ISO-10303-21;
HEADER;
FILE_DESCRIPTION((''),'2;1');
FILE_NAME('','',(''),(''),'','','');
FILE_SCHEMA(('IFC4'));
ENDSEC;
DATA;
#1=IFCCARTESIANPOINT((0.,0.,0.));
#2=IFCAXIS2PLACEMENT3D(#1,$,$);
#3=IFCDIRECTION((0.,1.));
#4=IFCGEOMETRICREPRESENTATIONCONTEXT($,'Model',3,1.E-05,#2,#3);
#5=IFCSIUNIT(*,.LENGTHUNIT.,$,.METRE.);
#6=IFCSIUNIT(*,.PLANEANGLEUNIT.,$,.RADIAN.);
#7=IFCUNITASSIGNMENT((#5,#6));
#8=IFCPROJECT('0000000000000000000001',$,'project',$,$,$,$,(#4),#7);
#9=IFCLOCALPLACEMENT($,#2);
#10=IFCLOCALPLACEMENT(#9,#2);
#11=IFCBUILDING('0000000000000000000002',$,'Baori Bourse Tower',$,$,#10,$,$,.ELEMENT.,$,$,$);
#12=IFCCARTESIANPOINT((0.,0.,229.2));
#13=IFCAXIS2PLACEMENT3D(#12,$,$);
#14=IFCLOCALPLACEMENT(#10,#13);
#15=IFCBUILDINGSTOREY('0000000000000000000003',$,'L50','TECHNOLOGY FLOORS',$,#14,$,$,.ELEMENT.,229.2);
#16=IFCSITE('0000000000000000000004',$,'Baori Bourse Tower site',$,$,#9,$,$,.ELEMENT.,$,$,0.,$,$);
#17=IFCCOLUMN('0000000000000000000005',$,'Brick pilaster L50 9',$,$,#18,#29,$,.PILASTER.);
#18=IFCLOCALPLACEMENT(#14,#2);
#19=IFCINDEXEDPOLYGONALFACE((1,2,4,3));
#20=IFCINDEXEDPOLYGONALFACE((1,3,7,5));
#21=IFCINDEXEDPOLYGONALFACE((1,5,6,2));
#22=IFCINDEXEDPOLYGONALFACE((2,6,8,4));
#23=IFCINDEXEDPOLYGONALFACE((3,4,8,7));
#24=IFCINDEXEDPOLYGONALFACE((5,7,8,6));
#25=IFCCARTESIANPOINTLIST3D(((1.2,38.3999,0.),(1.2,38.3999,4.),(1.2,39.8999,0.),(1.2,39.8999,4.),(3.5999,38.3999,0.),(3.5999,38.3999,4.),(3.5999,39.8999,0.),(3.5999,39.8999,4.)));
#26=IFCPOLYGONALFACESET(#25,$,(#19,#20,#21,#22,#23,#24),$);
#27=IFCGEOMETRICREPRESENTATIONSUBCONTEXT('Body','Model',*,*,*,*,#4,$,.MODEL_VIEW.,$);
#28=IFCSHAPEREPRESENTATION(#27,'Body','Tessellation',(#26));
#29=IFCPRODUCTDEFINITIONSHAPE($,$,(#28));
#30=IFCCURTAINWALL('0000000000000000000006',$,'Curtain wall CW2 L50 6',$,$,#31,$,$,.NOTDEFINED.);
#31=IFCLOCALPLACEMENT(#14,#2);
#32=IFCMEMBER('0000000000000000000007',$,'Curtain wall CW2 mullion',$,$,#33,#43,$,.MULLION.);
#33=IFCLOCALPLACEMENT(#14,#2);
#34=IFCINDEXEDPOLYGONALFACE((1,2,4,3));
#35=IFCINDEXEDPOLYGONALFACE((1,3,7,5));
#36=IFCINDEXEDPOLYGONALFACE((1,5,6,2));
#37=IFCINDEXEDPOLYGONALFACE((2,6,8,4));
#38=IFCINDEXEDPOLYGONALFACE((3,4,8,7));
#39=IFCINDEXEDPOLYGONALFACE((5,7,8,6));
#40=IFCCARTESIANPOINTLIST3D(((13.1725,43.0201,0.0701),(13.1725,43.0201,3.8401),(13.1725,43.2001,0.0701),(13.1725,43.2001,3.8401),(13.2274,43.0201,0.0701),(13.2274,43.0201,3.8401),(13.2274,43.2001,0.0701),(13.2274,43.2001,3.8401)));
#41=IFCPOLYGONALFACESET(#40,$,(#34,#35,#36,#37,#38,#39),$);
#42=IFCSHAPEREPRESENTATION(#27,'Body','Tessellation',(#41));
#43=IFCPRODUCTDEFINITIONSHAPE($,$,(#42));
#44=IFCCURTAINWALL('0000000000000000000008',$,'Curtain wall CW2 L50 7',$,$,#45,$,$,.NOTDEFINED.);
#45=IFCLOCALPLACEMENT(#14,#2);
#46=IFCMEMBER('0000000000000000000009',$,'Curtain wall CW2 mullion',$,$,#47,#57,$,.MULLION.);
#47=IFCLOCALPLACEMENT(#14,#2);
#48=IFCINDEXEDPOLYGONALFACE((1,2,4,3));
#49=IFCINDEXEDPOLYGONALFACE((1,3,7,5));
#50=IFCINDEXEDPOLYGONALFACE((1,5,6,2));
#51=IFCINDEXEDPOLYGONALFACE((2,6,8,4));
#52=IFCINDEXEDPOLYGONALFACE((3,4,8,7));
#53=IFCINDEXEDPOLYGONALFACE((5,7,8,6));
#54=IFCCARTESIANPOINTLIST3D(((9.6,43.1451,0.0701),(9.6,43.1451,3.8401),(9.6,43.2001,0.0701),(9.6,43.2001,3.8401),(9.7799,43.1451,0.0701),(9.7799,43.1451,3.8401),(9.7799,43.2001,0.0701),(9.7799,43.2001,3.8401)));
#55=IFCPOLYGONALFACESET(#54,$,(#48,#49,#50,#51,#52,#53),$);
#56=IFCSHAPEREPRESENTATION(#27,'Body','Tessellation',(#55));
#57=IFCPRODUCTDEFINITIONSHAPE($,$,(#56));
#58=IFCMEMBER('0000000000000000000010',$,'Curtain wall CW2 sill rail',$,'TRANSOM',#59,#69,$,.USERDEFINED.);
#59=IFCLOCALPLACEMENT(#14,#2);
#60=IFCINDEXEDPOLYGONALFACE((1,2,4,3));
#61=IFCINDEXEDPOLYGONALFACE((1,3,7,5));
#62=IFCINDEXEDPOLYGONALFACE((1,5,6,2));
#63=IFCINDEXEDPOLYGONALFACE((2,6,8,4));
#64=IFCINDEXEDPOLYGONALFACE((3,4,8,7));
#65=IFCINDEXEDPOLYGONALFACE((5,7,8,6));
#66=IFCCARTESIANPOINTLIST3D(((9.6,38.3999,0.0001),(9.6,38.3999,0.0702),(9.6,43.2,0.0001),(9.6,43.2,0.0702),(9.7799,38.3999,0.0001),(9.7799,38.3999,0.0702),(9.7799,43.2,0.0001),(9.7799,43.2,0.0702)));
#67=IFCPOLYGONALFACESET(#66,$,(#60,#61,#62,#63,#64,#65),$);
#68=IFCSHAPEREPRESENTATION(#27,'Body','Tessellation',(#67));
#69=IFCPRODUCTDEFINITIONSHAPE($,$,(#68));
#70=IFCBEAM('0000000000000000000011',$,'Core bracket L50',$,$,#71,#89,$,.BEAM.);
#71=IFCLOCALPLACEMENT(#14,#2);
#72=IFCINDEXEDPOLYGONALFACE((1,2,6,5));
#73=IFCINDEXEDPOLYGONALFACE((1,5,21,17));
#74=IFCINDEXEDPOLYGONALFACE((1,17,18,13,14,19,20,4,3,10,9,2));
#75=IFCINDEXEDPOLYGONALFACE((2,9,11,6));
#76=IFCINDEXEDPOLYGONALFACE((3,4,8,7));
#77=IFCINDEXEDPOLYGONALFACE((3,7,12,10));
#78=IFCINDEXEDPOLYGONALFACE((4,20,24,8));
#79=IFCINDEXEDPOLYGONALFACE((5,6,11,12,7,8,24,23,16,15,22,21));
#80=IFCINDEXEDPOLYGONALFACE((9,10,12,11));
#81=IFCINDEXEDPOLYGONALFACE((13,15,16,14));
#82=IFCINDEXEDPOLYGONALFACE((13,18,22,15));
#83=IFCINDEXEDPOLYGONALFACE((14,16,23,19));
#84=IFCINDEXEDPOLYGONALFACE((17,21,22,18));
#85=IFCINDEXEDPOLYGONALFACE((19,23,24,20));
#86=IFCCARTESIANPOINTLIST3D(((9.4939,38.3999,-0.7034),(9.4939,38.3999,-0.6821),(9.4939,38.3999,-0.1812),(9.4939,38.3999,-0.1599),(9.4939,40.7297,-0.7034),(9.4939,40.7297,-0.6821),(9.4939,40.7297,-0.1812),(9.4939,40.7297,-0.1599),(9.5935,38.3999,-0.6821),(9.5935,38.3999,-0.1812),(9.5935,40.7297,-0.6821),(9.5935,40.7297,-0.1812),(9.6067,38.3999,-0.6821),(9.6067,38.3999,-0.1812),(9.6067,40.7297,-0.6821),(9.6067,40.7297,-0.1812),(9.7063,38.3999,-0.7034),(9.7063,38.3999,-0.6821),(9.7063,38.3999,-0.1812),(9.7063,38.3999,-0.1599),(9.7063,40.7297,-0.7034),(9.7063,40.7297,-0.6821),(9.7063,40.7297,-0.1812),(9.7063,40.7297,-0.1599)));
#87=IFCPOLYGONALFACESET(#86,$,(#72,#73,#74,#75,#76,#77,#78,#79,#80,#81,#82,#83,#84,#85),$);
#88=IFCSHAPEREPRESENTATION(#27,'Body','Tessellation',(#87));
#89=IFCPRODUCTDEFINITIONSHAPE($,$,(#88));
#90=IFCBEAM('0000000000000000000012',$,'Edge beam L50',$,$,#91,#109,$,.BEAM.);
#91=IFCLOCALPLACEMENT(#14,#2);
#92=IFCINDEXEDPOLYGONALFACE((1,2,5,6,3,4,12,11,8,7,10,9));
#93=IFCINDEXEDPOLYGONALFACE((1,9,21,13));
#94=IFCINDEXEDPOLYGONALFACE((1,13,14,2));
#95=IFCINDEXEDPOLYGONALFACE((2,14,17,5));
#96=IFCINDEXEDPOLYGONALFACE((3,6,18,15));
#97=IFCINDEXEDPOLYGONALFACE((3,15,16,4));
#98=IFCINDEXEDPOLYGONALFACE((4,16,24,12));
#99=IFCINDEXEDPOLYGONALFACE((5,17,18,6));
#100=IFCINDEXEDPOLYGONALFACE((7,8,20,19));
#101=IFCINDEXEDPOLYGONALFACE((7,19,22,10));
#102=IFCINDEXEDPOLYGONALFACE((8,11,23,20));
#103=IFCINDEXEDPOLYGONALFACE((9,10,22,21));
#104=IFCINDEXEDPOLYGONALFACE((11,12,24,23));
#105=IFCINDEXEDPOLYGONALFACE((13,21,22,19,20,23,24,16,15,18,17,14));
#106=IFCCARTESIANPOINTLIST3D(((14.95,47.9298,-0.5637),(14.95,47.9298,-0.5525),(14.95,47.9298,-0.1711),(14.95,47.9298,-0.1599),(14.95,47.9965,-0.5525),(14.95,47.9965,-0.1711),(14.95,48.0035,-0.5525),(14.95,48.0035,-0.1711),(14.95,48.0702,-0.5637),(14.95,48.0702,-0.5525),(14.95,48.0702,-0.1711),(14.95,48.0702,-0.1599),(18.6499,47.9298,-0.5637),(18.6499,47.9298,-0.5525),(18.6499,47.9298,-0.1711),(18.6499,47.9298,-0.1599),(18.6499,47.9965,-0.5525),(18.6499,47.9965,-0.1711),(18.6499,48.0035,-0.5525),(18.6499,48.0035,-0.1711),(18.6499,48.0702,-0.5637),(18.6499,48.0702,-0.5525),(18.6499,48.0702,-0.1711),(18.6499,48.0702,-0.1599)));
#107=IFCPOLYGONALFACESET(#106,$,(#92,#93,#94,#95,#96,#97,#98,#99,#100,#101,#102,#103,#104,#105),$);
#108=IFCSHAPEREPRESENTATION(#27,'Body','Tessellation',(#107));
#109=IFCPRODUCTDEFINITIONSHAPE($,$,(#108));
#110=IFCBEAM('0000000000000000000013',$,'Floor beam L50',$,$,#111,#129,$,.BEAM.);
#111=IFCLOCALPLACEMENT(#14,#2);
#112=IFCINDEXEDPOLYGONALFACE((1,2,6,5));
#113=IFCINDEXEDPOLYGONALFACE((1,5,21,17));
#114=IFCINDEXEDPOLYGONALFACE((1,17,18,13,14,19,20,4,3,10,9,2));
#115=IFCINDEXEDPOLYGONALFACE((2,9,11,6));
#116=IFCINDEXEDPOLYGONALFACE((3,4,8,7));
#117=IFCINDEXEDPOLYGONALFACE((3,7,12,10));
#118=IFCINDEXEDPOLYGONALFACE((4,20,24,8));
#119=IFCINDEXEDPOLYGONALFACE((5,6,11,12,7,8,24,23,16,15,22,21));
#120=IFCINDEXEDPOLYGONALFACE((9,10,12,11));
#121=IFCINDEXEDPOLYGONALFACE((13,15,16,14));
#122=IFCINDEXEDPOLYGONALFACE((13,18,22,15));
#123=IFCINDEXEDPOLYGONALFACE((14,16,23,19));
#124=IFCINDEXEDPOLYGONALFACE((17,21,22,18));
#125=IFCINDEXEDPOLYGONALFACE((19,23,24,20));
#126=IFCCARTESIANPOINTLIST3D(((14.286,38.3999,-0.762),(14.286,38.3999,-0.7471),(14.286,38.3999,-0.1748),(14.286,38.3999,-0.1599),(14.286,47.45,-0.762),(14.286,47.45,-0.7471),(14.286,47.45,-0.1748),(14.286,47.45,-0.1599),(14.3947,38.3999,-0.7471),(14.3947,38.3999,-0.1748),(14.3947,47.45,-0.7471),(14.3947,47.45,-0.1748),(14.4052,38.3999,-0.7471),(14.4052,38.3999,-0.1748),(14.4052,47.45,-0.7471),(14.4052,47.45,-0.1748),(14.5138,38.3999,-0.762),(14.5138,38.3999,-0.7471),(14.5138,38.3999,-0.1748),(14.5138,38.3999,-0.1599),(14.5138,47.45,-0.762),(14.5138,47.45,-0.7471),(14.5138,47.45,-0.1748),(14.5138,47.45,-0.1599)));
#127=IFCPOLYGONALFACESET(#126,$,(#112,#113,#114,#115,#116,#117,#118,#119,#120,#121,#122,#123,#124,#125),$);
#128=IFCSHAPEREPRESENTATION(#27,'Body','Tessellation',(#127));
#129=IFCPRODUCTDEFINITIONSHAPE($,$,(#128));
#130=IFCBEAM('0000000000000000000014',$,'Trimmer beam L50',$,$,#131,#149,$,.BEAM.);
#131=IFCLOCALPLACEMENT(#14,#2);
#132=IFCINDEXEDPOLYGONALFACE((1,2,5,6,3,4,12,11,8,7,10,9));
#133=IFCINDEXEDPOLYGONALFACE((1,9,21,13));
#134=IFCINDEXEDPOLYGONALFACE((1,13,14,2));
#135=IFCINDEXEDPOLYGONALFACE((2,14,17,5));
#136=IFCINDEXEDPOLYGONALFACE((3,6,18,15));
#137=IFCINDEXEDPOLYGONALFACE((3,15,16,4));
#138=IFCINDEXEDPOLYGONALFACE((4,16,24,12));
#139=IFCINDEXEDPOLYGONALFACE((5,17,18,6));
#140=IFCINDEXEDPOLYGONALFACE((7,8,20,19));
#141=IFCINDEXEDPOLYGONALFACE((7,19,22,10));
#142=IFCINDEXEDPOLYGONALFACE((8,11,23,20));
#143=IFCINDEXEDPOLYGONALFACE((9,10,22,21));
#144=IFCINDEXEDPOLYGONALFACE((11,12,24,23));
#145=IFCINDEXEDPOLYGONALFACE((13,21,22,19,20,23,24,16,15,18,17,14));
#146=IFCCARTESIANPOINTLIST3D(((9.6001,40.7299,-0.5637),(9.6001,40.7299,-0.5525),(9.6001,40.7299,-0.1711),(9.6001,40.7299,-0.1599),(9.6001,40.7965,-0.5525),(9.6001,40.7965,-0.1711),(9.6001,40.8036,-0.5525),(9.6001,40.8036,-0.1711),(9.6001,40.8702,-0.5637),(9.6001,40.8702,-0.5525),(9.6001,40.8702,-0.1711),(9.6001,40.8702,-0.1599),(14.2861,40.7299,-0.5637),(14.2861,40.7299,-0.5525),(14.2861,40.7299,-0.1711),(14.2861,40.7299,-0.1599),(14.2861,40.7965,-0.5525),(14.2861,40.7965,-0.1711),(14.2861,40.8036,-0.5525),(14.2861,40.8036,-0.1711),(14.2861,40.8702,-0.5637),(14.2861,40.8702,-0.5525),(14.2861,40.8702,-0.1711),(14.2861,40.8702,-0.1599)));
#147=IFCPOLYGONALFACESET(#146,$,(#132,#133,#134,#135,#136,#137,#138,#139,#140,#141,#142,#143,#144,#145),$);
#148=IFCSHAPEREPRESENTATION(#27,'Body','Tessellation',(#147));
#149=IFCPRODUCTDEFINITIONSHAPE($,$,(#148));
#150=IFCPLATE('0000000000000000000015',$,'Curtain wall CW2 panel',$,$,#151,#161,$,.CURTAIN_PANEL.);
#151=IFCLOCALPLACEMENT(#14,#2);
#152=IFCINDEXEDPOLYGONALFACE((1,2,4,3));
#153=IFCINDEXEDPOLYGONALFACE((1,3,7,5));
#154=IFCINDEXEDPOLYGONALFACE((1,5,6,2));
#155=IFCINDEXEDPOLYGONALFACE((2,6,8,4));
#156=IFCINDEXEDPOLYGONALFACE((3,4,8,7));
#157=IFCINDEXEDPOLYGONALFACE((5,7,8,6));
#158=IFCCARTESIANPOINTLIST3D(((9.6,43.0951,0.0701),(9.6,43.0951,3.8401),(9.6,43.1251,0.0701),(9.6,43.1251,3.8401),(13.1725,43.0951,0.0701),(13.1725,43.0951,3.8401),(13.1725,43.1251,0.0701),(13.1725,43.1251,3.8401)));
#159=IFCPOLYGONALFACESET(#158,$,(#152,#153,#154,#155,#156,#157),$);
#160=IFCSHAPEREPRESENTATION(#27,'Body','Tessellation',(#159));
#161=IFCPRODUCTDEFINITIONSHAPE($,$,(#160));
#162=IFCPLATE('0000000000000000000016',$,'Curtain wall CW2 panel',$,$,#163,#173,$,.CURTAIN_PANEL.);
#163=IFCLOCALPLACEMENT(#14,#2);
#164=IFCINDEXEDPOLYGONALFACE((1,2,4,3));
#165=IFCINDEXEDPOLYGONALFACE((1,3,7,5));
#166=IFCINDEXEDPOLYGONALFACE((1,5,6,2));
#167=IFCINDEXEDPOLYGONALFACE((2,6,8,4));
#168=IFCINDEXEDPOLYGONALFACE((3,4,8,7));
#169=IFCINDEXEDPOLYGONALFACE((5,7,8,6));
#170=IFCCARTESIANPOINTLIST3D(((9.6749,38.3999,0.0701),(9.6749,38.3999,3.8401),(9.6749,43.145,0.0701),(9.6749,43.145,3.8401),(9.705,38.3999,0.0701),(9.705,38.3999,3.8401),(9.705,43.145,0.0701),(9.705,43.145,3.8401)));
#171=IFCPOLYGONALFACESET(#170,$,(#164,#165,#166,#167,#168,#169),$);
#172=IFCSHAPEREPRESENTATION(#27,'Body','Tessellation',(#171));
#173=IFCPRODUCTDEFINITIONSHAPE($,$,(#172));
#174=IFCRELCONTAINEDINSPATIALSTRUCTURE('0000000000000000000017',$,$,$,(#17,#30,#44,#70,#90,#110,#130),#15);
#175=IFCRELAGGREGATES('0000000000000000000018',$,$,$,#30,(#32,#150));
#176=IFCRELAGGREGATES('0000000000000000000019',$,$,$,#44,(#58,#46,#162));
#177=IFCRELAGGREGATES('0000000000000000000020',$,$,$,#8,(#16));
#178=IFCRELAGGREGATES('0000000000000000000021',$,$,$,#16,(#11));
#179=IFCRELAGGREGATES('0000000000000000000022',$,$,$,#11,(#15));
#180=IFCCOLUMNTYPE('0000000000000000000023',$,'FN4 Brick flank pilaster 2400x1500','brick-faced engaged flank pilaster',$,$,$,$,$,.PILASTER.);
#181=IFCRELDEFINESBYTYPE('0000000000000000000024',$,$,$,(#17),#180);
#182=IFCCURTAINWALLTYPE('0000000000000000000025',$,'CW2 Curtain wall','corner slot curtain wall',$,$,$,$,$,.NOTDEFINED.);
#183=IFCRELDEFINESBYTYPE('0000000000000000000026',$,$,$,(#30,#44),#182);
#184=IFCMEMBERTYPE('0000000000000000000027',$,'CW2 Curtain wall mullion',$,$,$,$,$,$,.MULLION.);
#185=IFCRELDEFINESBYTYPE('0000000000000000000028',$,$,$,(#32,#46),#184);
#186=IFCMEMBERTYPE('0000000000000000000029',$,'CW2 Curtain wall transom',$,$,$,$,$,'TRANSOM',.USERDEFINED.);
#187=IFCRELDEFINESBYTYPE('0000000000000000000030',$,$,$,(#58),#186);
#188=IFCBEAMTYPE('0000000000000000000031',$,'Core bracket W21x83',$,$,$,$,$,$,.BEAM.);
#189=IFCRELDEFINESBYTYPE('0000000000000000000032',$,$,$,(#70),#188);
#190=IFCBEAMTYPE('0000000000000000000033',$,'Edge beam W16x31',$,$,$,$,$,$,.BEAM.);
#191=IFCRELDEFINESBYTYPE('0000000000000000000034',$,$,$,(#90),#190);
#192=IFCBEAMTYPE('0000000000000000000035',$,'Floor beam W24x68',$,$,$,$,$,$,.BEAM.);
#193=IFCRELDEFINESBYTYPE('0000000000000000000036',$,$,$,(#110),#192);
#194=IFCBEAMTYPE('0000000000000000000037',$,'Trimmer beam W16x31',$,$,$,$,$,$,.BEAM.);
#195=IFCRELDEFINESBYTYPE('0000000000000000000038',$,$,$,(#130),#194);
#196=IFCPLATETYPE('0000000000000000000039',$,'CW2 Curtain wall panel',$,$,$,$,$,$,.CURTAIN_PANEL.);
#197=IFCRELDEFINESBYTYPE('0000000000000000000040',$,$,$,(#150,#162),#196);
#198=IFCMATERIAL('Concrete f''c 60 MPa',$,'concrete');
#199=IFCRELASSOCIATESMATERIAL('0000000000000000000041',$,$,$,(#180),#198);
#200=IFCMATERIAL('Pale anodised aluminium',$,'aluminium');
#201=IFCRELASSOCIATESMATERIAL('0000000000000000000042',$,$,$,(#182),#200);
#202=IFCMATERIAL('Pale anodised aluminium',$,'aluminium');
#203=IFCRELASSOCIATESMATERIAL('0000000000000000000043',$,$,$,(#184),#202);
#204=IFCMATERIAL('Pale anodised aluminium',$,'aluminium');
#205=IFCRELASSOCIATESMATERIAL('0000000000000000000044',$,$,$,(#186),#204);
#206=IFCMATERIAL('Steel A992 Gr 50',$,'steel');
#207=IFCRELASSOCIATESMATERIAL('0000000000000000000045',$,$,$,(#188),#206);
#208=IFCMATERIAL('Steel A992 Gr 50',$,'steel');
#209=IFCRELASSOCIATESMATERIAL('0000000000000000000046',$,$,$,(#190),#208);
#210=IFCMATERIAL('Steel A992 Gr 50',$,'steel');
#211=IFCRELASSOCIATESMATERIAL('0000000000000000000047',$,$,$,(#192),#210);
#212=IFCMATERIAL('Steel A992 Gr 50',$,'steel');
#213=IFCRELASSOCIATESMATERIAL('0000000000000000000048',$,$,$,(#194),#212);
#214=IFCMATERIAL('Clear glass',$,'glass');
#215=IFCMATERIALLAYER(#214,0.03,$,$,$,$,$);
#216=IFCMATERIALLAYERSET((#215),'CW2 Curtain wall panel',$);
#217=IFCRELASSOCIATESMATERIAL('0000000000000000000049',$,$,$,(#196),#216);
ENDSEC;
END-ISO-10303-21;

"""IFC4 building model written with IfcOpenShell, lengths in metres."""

from ifc_helpers import new_model, si_unit, direction, frame, origin, origin_2d, place, context, subcontext, project, spatial, rectangle, i_section, extrude, material, layer, layer_set, material_profile, profile_set, type_object, element, aggregate, save


model = new_model("IFC4")

# Units and contexts
model_context = context("Model", 3, precision=1e-05, world=origin(), true_north=direction((0.0, 1.0)))
body_context = subcontext(model_context, "Body", "Model", "MODEL_VIEW")
ifc_project = project(units=[si_unit("LENGTHUNIT", "METRE"), si_unit("PLANEANGLEUNIT", "RADIAN")], contexts=[model_context])

# Site, building, storey
site_placement = place(None, origin())
site = spatial("IfcSite", under=ifc_project, at=site_placement, Name="Baori Bourse Tower site", CompositionType="ELEMENT", RefElevation=0.0)
building_placement = place(site_placement, origin())
building = spatial("IfcBuilding", under=site, at=building_placement, Name="Baori Bourse Tower", CompositionType="ELEMENT")
storey_placement = place(building_placement, frame((0.0, 0.0, 229.2)))
storey = spatial("IfcBuildingStorey", under=building, at=storey_placement, Name="L50", Description="TECHNOLOGY FLOORS", CompositionType="ELEMENT", Elevation=229.2)

# Column
ifc_material_1 = material(Name="Concrete f'c 60 MPa", Category="concrete")
ifc_material_profile_1 = material_profile(ifc_material_1, rectangle(XDim=2.3999, YDim=1.5, at=origin_2d()), Name="RC 2400x1500")
ifc_profile_set_1 = profile_set([ifc_material_profile_1], Name="Concrete f'c 60 MPa")
column_type = type_object("IfcColumnType", Name="FN4 Brick flank pilaster 2400x1500", Description="brick-faced engaged flank pilaster", PredefinedType="PILASTER", material=ifc_profile_set_1)
column_placement = place(storey_placement, frame((2.3999, 39.1499, 0.0), z_axis=(0.0, 0.0, 1.0), x_axis=(1.0, 0.0, 0.0)))
element("IfcColumn", 1, at=column_placement, inside=storey, type_object=column_type, Name="Brick pilaster L50 9", PredefinedType="PILASTER", context=body_context, shape_type="SweptSolid", body=[
    extrude(rectangle(XDim=2.3999, YDim=1.5, at=origin_2d()), origin(), (0.0, 0.0, 1.0), 4.0),
])

# Curtain wall, member
ifc_material_2 = material(Name="Pale anodised aluminium", Category="aluminium")
curtain_wall_type = type_object("IfcCurtainWallType", Name="CW2 Curtain wall", Description="corner slot curtain wall", PredefinedType="NOTDEFINED", material=ifc_material_2)
curtain_wall_1_placement = place(storey_placement, origin())
curtain_wall_1 = element("IfcCurtainWall", 2, at=curtain_wall_1_placement, inside=storey, type_object=curtain_wall_type, Name="Curtain wall CW2 L50 6", PredefinedType="NOTDEFINED")
ifc_material_3 = material(Name="Pale anodised aluminium", Category="aluminium")
ifc_material_profile_2 = material_profile(ifc_material_3, rectangle(XDim=0.1799, YDim=0.0549, at=origin_2d()), Name="Mullion 55x180")
ifc_profile_set_2 = profile_set([ifc_material_profile_2], Name="Pale anodised aluminium")
member_type_1 = type_object("IfcMemberType", Name="CW2 Curtain wall mullion", PredefinedType="MULLION", material=ifc_profile_set_2)
member_1_placement = place(storey_placement, frame((13.2, 43.1101, 0.0701), z_axis=(0.0, 0.0, 1.0), x_axis=(0.0, -1.0, 0.0)))
member_1 = element("IfcMember", 3, at=member_1_placement, type_object=member_type_1, Name="Curtain wall CW2 mullion", PredefinedType="MULLION", context=body_context, shape_type="SweptSolid", body=[
    extrude(rectangle(XDim=0.1799, YDim=0.0549, at=origin_2d()), origin(), (0.0, 0.0, 1.0), 3.77),
])

# Curtain wall, members
curtain_wall_2_placement = place(storey_placement, origin())
curtain_wall_2 = element("IfcCurtainWall", 4, at=curtain_wall_2_placement, inside=storey, type_object=curtain_wall_type, Name="Curtain wall CW2 L50 7", PredefinedType="NOTDEFINED")
member_2_placement = place(storey_placement, frame((9.6899, 43.1726, 0.0701), z_axis=(0.0, 0.0, 1.0), x_axis=(1.0, 0.0, 0.0)))
member_2 = element("IfcMember", 5, at=member_2_placement, type_object=member_type_1, Name="Curtain wall CW2 mullion", PredefinedType="MULLION", context=body_context, shape_type="SweptSolid", body=[
    extrude(rectangle(XDim=0.1799, YDim=0.0549, at=origin_2d()), origin(), (0.0, 0.0, 1.0), 3.77),
])
ifc_material_4 = material(Name="Pale anodised aluminium", Category="aluminium")
ifc_material_profile_3 = material_profile(ifc_material_4, rectangle(XDim=0.1799, YDim=0.0701, at=origin_2d()), Name="Transom 70x180")
ifc_profile_set_3 = profile_set([ifc_material_profile_3], Name="Pale anodised aluminium")
member_type_2 = type_object("IfcMemberType", Name="CW2 Curtain wall transom", ElementType="TRANSOM", PredefinedType="USERDEFINED", material=ifc_profile_set_3)
member_3_placement = place(storey_placement, frame((9.6899, 43.2, 0.0352), z_axis=(0.0, -1.0, 0.0), x_axis=(1.0, 0.0, 0.0)))
member_3 = element("IfcMember", 6, at=member_3_placement, type_object=member_type_2, Name="Curtain wall CW2 sill rail", ObjectType="TRANSOM", PredefinedType="USERDEFINED", context=body_context, shape_type="SweptSolid", body=[
    extrude(rectangle(XDim=0.1799, YDim=0.0701, at=origin_2d()), origin(), (0.0, 0.0, 1.0), 4.8),
])

# Beams
ifc_material_5 = material(Name="Steel A992 Gr 50", Category="steel")
ifc_material_profile_4 = material_profile(ifc_material_5, i_section(OverallWidth=0.2124, OverallDepth=0.5435, WebThickness=0.0132, FlangeThickness=0.0212, at=origin_2d()), Name="W21x83")
ifc_profile_set_4 = profile_set([ifc_material_profile_4], Name="Steel A992 Gr 50")
beam_type_1 = type_object("IfcBeamType", Name="Core bracket W21x83", PredefinedType="BEAM", material=ifc_profile_set_4)
beam_1_placement = place(storey_placement, frame((9.6001, 38.3999, -0.4316), z_axis=(0.0, 1.0, 0.0), x_axis=(-1.0, 0.0, 0.0)))
element("IfcBeam", 7, at=beam_1_placement, inside=storey, type_object=beam_type_1, Name="Core bracket L50", PredefinedType="BEAM", context=body_context, shape_type="SweptSolid", body=[
    extrude(i_section(OverallWidth=0.2124, OverallDepth=0.5435, WebThickness=0.0132, FlangeThickness=0.0212, at=origin_2d()), origin(), (0.0, 0.0, 1.0), 2.3298),
])
ifc_material_6 = material(Name="Steel A992 Gr 50", Category="steel")
ifc_material_profile_5 = material_profile(ifc_material_6, i_section(OverallWidth=0.1404, OverallDepth=0.4038, WebThickness=0.0071, FlangeThickness=0.0112, at=origin_2d()), Name="W16x31")
ifc_profile_set_5 = profile_set([ifc_material_profile_5], Name="Steel A992 Gr 50")
beam_type_2 = type_object("IfcBeamType", Name="Edge beam W16x31", PredefinedType="BEAM", material=ifc_profile_set_5)
beam_2_placement = place(storey_placement, frame((14.95, 48.0, -0.3618), z_axis=(1.0, 0.0, 0.0), x_axis=(0.0, 1.0, 0.0)))
element("IfcBeam", 8, at=beam_2_placement, inside=storey, type_object=beam_type_2, Name="Edge beam L50", PredefinedType="BEAM", context=body_context, shape_type="SweptSolid", body=[
    extrude(i_section(OverallWidth=0.1404, OverallDepth=0.4038, WebThickness=0.0071, FlangeThickness=0.0112, at=origin_2d()), origin(), (0.0, 0.0, 1.0), 3.7),
])
ifc_material_7 = material(Name="Steel A992 Gr 50", Category="steel")
ifc_material_profile_6 = material_profile(ifc_material_7, i_section(OverallWidth=0.2278, OverallDepth=0.6021, WebThickness=0.0105, FlangeThickness=0.0149, at=origin_2d()), Name="W24x68")
ifc_profile_set_6 = profile_set([ifc_material_profile_6], Name="Steel A992 Gr 50")
beam_type_3 = type_object("IfcBeamType", Name="Floor beam W24x68", PredefinedType="BEAM", material=ifc_profile_set_6)
beam_3_placement = place(storey_placement, frame((14.3999, 38.3999, -0.4609), z_axis=(0.0, 1.0, 0.0), x_axis=(-1.0, 0.0, 0.0)))
element("IfcBeam", 9, at=beam_3_placement, inside=storey, type_object=beam_type_3, Name="Floor beam L50", PredefinedType="BEAM", context=body_context, shape_type="SweptSolid", body=[
    extrude(i_section(OverallWidth=0.2278, OverallDepth=0.6021, WebThickness=0.0105, FlangeThickness=0.0149, at=origin_2d()), origin(), (0.0, 0.0, 1.0), 9.05),
])
ifc_material_8 = material(Name="Steel A992 Gr 50", Category="steel")
ifc_material_profile_7 = material_profile(ifc_material_8, i_section(OverallWidth=0.1404, OverallDepth=0.4038, WebThickness=0.0071, FlangeThickness=0.0112, at=origin_2d()), Name="W16x31")
ifc_profile_set_7 = profile_set([ifc_material_profile_7], Name="Steel A992 Gr 50")
beam_type_4 = type_object("IfcBeamType", Name="Trimmer beam W16x31", PredefinedType="BEAM", material=ifc_profile_set_7)
beam_4_placement = place(storey_placement, frame((9.6001, 40.8, -0.3618), z_axis=(1.0, 0.0, 0.0), x_axis=(0.0, 1.0, 0.0)))
element("IfcBeam", 10, at=beam_4_placement, inside=storey, type_object=beam_type_4, Name="Trimmer beam L50", PredefinedType="BEAM", context=body_context, shape_type="SweptSolid", body=[
    extrude(i_section(OverallWidth=0.1404, OverallDepth=0.4038, WebThickness=0.0071, FlangeThickness=0.0112, at=origin_2d()), origin(), (0.0, 0.0, 1.0), 4.686),
])

# Plates
ifc_material_9 = material(Name="Clear glass", Category="glass")
ifc_layer_1 = layer(ifc_material_9, 0.03)
ifc_layer_set_1 = layer_set([ifc_layer_1], Name="CW2 Curtain wall panel")
plate_type = type_object("IfcPlateType", Name="CW2 Curtain wall panel", PredefinedType="CURTAIN_PANEL", material=ifc_layer_set_1)
plate_1_placement = place(storey_placement, frame((11.3862, 43.1101, 0.0701), z_axis=(0.0, 0.0, 1.0), x_axis=(-1.0, 0.0, 0.0)))
plate_1 = element("IfcPlate", 11, at=plate_1_placement, type_object=plate_type, Name="Curtain wall CW2 panel", PredefinedType="CURTAIN_PANEL", context=body_context, shape_type="SweptSolid", body=[
    extrude(rectangle(XDim=3.5725, YDim=0.03, at=origin_2d()), origin(), (0.0, 0.0, 1.0), 3.77),
])
aggregate(curtain_wall_1, [member_1, plate_1])
plate_2_placement = place(storey_placement, frame((9.6899, 40.7725, 0.0701), z_axis=(0.0, 0.0, 1.0), x_axis=(0.0, -1.0, 0.0)))
plate_2 = element("IfcPlate", 12, at=plate_2_placement, type_object=plate_type, Name="Curtain wall CW2 panel", PredefinedType="CURTAIN_PANEL", context=body_context, shape_type="SweptSolid", body=[
    extrude(rectangle(XDim=4.7451, YDim=0.03, at=origin_2d()), origin(), (0.0, 0.0, 1.0), 3.77),
])
aggregate(curtain_wall_2, [member_3, member_2, plate_2])

save(model, "model.ifc")
